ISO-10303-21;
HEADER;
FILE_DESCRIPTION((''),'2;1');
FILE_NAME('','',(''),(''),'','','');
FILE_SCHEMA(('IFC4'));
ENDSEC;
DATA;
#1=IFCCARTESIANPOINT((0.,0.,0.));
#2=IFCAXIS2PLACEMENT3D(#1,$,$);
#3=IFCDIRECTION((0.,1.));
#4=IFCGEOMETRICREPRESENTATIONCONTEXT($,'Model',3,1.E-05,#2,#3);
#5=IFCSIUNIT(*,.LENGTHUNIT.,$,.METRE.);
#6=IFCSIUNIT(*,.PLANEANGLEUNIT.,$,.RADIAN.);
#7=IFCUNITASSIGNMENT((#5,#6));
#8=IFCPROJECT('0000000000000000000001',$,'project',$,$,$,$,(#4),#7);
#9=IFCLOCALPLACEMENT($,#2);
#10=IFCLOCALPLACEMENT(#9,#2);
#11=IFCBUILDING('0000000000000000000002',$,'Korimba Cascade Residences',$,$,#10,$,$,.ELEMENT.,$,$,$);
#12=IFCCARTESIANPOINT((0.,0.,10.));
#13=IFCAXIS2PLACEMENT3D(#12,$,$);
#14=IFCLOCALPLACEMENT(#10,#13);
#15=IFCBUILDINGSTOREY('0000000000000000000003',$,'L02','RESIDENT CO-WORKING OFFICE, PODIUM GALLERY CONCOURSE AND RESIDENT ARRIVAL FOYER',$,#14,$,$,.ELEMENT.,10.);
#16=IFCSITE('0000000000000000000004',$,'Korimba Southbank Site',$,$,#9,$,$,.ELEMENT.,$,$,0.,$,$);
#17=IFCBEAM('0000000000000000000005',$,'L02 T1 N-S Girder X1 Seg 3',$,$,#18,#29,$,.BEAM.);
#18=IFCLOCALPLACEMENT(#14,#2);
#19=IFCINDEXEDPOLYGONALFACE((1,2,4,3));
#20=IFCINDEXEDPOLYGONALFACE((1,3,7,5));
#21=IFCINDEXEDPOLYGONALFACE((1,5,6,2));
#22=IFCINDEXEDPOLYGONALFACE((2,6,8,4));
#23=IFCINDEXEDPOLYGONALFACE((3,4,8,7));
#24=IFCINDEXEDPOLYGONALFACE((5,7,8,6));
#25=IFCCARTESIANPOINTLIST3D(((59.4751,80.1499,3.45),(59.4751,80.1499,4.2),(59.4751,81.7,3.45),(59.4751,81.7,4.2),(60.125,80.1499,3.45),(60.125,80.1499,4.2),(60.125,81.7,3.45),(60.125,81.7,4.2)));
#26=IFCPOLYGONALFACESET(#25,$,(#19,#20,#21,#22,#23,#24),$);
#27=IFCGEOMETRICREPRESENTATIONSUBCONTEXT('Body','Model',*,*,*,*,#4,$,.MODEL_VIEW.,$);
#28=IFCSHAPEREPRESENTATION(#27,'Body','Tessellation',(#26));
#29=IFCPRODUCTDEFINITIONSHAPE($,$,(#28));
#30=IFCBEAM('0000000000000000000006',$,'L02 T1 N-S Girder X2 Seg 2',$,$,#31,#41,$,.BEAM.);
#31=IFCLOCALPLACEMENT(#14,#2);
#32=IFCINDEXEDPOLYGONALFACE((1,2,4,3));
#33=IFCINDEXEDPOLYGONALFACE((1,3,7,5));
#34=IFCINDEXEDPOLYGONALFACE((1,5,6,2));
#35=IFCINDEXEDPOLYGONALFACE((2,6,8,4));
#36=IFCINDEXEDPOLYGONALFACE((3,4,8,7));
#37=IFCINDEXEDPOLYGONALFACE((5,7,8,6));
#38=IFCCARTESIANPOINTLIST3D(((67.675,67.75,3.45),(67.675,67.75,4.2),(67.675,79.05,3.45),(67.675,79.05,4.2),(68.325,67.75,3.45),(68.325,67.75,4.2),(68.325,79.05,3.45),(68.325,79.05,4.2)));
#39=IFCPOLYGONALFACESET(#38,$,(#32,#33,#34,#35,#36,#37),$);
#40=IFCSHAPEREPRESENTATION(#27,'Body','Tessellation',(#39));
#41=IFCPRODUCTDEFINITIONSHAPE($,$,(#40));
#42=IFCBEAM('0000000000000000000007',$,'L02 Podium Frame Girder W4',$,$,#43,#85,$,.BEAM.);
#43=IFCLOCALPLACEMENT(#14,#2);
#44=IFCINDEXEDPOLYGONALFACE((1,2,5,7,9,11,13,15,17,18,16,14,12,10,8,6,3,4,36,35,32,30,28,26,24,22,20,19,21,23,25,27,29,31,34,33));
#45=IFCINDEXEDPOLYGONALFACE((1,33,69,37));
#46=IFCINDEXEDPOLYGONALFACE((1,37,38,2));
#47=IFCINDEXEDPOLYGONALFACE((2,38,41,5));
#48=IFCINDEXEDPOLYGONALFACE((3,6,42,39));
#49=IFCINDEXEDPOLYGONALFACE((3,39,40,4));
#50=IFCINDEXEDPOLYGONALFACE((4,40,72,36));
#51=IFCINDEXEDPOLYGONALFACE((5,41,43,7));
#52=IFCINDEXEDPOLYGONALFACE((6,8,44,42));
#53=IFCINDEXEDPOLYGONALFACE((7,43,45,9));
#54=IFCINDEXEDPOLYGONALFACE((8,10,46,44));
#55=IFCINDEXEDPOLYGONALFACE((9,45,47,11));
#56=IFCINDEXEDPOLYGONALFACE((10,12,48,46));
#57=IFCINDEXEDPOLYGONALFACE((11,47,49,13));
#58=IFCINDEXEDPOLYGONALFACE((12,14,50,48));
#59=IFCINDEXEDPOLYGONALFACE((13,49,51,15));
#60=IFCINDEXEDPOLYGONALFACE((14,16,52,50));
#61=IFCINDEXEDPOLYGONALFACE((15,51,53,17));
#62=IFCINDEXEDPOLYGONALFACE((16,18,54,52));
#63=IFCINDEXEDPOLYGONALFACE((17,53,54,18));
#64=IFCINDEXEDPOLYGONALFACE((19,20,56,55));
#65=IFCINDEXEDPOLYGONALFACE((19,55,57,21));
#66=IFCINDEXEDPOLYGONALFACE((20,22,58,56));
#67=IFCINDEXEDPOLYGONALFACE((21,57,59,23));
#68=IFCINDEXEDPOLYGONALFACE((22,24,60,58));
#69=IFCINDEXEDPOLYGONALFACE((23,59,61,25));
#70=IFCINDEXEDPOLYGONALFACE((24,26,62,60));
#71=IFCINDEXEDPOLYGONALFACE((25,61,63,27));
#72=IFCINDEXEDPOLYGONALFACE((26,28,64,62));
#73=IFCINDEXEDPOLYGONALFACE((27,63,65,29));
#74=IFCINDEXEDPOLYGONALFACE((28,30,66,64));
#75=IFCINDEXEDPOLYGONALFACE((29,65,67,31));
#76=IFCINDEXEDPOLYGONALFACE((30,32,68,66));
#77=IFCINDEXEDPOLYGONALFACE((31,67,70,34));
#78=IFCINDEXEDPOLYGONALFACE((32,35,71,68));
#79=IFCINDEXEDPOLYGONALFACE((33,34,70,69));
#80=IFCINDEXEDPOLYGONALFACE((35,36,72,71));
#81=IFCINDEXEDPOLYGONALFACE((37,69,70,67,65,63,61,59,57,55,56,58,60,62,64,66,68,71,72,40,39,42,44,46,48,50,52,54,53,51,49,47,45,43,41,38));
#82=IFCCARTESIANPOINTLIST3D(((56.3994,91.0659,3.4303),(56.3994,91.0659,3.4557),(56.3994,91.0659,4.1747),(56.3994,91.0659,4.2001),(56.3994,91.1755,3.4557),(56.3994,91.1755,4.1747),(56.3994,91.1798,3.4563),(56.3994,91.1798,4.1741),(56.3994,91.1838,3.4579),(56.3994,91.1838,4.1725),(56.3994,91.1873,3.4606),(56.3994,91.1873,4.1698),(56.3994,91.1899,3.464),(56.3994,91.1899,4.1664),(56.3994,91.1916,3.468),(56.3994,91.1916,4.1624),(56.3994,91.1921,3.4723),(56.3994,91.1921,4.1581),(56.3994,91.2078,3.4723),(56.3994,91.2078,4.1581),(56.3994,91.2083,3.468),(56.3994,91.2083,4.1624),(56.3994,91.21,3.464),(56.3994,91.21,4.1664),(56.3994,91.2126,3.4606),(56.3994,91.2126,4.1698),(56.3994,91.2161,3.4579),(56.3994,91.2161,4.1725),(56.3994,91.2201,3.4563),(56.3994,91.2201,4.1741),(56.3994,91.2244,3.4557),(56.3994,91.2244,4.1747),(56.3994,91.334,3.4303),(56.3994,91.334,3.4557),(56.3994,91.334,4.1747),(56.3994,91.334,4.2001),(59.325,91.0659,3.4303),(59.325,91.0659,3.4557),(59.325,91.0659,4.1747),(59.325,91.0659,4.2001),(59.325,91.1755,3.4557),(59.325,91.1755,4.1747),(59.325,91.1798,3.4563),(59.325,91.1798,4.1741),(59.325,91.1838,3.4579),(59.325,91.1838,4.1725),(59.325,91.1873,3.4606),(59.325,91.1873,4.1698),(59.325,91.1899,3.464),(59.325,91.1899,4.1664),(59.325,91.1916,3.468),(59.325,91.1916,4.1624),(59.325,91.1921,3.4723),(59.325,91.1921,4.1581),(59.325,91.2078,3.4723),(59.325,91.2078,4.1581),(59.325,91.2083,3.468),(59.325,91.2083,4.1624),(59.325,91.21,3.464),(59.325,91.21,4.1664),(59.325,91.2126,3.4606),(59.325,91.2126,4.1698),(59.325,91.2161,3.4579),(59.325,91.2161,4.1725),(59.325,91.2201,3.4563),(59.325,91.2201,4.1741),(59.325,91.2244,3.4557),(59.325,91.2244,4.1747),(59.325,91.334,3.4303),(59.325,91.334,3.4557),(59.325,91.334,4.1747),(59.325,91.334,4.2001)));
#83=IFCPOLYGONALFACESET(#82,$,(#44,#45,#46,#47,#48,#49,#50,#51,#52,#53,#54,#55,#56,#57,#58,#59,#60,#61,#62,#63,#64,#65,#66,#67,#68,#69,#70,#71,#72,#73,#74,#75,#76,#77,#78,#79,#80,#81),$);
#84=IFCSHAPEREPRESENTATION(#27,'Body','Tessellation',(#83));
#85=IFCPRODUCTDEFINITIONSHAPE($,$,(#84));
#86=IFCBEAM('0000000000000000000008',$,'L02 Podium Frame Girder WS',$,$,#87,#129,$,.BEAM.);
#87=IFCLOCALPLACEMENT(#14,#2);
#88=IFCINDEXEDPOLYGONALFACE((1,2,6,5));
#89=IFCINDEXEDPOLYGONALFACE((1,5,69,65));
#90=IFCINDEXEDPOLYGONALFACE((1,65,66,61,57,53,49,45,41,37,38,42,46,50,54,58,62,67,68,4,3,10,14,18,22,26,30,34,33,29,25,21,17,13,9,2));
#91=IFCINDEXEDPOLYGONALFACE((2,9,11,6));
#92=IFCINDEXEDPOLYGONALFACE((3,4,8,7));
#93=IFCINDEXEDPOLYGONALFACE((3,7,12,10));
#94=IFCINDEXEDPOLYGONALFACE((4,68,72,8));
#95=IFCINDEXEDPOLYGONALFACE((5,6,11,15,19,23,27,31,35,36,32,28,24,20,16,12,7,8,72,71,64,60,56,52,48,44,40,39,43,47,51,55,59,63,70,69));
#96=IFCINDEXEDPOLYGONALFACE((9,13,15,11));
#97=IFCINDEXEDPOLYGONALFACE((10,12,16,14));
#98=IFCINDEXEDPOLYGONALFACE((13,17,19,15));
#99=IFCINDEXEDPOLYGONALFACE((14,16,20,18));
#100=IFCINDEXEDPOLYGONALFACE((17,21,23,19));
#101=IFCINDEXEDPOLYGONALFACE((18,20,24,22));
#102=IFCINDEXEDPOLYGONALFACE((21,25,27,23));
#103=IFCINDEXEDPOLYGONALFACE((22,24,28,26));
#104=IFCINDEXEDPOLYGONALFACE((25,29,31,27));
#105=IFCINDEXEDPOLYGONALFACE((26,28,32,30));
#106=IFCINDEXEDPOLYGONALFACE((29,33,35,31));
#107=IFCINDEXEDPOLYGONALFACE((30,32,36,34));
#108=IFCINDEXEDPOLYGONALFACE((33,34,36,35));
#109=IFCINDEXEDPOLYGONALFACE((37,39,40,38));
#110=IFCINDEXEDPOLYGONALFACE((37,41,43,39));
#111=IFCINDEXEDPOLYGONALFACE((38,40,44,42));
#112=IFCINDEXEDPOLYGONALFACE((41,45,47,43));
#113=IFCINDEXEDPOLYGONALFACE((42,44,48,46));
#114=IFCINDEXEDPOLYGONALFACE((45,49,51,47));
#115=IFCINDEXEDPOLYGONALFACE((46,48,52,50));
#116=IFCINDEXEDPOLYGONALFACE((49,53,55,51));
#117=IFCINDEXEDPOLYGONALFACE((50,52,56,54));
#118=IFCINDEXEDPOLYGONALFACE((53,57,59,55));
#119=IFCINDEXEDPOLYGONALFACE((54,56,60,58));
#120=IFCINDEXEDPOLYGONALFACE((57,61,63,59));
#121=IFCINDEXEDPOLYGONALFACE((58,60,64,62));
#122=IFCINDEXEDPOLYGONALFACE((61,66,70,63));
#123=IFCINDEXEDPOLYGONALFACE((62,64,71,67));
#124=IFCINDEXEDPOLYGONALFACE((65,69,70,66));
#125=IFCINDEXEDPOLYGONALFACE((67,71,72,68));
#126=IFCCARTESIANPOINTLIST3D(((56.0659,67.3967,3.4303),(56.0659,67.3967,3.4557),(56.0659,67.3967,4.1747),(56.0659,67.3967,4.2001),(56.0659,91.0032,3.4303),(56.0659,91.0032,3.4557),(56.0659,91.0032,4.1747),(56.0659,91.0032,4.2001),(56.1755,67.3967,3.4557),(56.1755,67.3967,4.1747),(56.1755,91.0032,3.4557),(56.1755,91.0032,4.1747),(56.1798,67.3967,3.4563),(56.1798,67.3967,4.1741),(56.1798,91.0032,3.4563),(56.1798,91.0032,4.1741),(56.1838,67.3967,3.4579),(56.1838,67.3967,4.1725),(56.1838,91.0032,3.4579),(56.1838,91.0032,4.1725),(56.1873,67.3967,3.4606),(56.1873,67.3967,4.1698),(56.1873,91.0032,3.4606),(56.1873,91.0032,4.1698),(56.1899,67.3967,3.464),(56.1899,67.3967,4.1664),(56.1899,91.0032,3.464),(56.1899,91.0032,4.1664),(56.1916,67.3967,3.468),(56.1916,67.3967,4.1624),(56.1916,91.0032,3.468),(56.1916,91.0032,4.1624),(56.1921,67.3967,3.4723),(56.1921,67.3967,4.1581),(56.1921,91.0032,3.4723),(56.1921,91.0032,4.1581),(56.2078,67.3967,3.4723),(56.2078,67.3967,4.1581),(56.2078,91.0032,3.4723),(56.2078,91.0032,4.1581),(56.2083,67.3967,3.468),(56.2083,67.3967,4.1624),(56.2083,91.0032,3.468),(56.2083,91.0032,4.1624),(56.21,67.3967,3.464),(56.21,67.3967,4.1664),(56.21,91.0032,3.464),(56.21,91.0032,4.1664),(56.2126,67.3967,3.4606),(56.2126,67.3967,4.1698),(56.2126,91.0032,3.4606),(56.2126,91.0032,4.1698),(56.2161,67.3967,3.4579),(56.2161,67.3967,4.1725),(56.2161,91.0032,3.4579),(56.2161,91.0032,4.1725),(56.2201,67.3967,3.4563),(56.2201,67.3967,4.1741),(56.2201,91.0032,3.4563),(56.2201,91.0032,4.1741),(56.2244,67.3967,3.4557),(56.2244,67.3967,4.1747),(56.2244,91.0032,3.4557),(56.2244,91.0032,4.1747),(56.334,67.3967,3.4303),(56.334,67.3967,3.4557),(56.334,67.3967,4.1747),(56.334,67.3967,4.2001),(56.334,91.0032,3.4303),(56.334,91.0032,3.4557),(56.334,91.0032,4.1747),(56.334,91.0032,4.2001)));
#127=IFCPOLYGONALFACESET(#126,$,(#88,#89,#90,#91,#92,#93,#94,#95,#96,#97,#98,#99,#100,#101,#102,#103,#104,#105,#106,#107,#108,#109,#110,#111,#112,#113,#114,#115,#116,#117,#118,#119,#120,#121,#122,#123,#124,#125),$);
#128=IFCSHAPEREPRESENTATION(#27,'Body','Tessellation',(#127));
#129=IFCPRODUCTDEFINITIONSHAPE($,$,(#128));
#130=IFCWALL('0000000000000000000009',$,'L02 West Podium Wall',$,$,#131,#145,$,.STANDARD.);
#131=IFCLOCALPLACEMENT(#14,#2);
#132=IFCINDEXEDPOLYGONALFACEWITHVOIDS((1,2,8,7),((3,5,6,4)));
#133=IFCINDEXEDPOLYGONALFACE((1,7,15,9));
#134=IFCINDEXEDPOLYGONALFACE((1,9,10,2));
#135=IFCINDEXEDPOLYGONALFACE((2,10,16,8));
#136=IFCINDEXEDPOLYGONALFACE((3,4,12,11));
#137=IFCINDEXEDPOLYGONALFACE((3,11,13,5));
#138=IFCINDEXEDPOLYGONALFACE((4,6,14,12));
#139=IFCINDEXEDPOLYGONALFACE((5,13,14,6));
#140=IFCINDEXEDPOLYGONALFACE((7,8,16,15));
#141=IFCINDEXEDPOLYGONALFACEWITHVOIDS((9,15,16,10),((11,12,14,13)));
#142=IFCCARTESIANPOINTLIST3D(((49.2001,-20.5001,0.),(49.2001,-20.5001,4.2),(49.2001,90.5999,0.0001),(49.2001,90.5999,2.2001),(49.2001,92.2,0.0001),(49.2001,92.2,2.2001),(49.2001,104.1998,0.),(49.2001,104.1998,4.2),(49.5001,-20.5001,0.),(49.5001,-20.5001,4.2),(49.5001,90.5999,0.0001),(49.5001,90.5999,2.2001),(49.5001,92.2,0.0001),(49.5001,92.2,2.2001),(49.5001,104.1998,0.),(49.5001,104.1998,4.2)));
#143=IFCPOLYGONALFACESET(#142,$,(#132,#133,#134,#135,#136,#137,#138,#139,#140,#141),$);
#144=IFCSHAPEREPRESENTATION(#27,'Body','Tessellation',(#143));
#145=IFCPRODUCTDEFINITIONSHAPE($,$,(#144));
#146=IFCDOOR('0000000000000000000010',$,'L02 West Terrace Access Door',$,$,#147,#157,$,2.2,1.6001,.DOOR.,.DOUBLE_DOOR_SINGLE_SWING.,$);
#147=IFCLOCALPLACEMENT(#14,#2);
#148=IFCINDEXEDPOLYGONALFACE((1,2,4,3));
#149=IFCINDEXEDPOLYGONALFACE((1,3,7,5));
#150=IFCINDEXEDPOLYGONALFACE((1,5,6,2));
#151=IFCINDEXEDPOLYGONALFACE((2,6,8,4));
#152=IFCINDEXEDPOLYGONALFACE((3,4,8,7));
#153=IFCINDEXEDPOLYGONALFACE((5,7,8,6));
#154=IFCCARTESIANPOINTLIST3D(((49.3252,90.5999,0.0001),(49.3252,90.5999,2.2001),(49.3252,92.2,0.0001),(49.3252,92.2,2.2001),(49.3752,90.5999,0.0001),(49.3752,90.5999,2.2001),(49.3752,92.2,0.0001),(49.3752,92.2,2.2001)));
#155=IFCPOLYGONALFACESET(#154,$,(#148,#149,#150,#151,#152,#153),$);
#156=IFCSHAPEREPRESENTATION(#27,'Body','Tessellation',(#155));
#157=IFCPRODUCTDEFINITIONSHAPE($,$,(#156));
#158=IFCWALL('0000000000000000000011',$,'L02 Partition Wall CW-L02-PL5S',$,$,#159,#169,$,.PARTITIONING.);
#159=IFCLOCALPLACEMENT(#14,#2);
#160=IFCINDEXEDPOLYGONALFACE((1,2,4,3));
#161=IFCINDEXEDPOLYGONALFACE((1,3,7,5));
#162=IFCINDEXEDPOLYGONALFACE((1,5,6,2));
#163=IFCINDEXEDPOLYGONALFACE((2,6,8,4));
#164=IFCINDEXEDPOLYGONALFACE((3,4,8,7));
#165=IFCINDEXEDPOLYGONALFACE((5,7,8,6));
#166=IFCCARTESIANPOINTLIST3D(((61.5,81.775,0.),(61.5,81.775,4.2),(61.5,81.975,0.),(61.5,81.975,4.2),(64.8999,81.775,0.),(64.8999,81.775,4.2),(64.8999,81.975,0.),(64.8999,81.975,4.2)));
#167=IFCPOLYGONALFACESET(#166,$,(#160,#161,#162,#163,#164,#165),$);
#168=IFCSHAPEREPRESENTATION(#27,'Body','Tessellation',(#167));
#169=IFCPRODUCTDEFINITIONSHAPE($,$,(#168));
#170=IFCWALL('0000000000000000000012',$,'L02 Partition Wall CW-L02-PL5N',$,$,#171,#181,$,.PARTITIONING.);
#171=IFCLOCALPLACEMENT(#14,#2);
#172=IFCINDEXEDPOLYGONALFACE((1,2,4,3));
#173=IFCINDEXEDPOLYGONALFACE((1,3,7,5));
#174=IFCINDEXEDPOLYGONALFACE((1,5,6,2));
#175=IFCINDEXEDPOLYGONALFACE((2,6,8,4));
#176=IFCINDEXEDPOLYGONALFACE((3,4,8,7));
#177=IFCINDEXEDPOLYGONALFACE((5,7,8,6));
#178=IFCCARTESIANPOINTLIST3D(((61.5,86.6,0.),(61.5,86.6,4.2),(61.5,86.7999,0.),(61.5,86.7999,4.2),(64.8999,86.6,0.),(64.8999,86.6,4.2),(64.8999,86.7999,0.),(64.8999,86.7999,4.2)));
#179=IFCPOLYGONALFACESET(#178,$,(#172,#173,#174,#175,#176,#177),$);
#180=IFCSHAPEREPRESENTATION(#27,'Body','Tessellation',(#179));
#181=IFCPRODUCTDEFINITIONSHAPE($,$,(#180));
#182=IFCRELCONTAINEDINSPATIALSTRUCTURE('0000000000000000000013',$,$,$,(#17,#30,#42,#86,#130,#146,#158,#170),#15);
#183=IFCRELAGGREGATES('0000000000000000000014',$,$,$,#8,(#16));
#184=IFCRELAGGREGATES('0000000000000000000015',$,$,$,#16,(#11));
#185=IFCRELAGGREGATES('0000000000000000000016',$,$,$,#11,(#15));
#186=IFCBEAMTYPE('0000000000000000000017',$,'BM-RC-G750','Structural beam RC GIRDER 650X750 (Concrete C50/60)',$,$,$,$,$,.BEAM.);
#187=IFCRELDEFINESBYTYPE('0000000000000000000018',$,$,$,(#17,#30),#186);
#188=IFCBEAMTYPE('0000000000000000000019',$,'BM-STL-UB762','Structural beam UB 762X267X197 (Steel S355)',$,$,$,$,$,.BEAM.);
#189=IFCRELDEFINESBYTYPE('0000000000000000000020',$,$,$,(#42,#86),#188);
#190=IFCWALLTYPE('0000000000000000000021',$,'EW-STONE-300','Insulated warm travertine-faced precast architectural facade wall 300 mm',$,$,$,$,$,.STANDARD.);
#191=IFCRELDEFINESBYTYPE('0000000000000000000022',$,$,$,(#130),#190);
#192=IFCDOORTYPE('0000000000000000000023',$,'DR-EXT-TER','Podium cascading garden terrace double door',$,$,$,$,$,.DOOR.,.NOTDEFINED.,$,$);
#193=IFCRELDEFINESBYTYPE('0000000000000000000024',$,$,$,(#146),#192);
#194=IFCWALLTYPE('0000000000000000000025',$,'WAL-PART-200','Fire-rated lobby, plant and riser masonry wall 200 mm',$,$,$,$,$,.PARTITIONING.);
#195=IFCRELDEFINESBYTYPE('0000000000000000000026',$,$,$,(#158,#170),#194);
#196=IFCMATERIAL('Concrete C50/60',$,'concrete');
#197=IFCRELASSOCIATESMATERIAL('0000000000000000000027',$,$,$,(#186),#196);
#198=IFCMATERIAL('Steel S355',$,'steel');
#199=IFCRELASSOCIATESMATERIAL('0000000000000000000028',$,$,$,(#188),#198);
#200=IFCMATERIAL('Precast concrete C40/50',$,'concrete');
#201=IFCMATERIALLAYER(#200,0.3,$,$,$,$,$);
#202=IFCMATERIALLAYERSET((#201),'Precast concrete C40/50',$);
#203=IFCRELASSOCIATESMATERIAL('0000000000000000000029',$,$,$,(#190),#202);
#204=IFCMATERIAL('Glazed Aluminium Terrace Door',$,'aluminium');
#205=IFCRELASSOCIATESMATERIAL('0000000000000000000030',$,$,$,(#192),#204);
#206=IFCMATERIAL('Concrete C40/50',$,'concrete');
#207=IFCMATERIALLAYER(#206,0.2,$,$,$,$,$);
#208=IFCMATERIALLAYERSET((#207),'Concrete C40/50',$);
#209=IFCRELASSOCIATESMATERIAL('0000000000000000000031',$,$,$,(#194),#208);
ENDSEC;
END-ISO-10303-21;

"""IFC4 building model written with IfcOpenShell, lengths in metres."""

from ifc_helpers import new_model, si_unit, direction, frame, frame_2d, origin, origin_2d, place, context, subcontext, project, spatial, rectangle, i_section, extrude, material, layer, layer_set, material_profile, profile_set, type_object, element, fill, save


model = new_model("IFC4")

# Units and contexts
model_context = context("Model", 3, precision=1e-05, world=origin(), true_north=direction((0.0, 1.0)))
body_context = subcontext(model_context, "Body", "Model", "MODEL_VIEW")
ifc_project = project(units=[si_unit("LENGTHUNIT", "METRE"), si_unit("PLANEANGLEUNIT", "RADIAN")], contexts=[model_context])

# Site, building, storey
site_placement = place(None, origin())
site = spatial("IfcSite", under=ifc_project, at=site_placement, Name="Korimba Southbank Site", CompositionType="ELEMENT", RefElevation=0.0)
building_placement = place(site_placement, origin())
building = spatial("IfcBuilding", under=site, at=building_placement, Name="Korimba Cascade Residences", CompositionType="ELEMENT")
storey_placement = place(building_placement, frame((0.0, 0.0, 10.0)))
storey = spatial("IfcBuildingStorey", under=building, at=storey_placement, Name="L02", Description="RESIDENT CO-WORKING OFFICE, PODIUM GALLERY CONCOURSE AND RESIDENT ARRIVAL FOYER", CompositionType="ELEMENT", Elevation=10.0)

# Shared definitions
ifc_material_1 = material(Name="Steel S355", Category="steel")

# Beams
ifc_material_2 = material(Name="Concrete C50/60", Category="concrete")
ifc_material_profile_1 = material_profile(ifc_material_2, rectangle(XDim=0.6499, YDim=0.75, at=origin_2d()), Name="Concrete C50/60")
ifc_profile_set_1 = profile_set([ifc_material_profile_1], Name="Concrete C50/60")
beam_type_1 = type_object("IfcBeamType", Name="BM-RC-G750", Description="Structural beam RC GIRDER 650X750 (Concrete C50/60)", PredefinedType="BEAM", material=ifc_profile_set_1)
beam_1_placement = place(storey_placement, frame((59.8, 80.1499, 3.825), z_axis=(0.0, 1.0, 0.0), x_axis=(-1.0, 0.0, 0.0)))
element("IfcBeam", 1, at=beam_1_placement, inside=storey, type_object=beam_type_1, Name="L02 T1 N-S Girder X1 Seg 3", PredefinedType="BEAM", context=body_context, shape_type="SweptSolid", body=[
    extrude(rectangle(XDim=0.6499, YDim=0.75, at=origin_2d()), origin(), (0.0, 0.0, 1.0), 1.55),
])
beam_2_placement = place(storey_placement, frame((68.0, 67.75, 3.825), z_axis=(0.0, 1.0, 0.0), x_axis=(-1.0, 0.0, 0.0)))
element("IfcBeam", 2, at=beam_2_placement, inside=storey, type_object=beam_type_1, Name="L02 T1 N-S Girder X2 Seg 2", PredefinedType="BEAM", context=body_context, shape_type="SweptSolid", body=[
    extrude(rectangle(XDim=0.6499, YDim=0.75, at=origin_2d()), origin(), (0.0, 0.0, 1.0), 11.3),
])
ifc_material_profile_2 = material_profile(ifc_material_1, i_section(OverallWidth=0.2681, OverallDepth=0.7698, WebThickness=0.0156, FlangeThickness=0.0254, FilletRadius=0.0166, at=origin_2d()), Name="Steel S355")
ifc_profile_set_2 = profile_set([ifc_material_profile_2], Name="Steel S355")
beam_type_2 = type_object("IfcBeamType", Name="BM-STL-UB762", Description="Structural beam UB 762X267X197 (Steel S355)", PredefinedType="BEAM", material=ifc_profile_set_2)
beam_3_placement = place(storey_placement, frame((56.3994, 91.2, 3.8152), z_axis=(1.0, 0.0, 0.0), x_axis=(0.0, 1.0, 0.0)))
element("IfcBeam", 3, at=beam_3_placement, inside=storey, type_object=beam_type_2, Name="L02 Podium Frame Girder W4", PredefinedType="BEAM", context=body_context, shape_type="SweptSolid", body=[
    extrude(i_section(OverallWidth=0.2681, OverallDepth=0.7698, WebThickness=0.0156, FlangeThickness=0.0254, FilletRadius=0.0166, at=origin_2d()), origin(), (0.0, 0.0, 1.0), 2.9255),
])
beam_4_placement = place(storey_placement, frame((56.2, 67.3967, 3.8152), z_axis=(0.0, 1.0, 0.0), x_axis=(-1.0, 0.0, 0.0)))
element("IfcBeam", 4, at=beam_4_placement, inside=storey, type_object=beam_type_2, Name="L02 Podium Frame Girder WS", PredefinedType="BEAM", context=body_context, shape_type="SweptSolid", body=[
    extrude(i_section(OverallWidth=0.2681, OverallDepth=0.7698, WebThickness=0.0156, FlangeThickness=0.0254, FilletRadius=0.0166, at=origin_2d()), origin(), (0.0, 0.0, 1.0), 23.6064),
])

# Wall, opening, door
ifc_material_3 = material(Name="Precast concrete C40/50", Category="concrete")
ifc_layer_1 = layer(ifc_material_3, 0.3)
ifc_layer_set_1 = layer_set([ifc_layer_1], Name="Precast concrete C40/50")
wall_type_1 = type_object("IfcWallType", Name="EW-STONE-300", Description="Insulated warm travertine-faced precast architectural facade wall 300 mm", PredefinedType="STANDARD", material=ifc_layer_set_1)
wall_1_placement = place(storey_placement, frame((49.3501, 104.2, 0.0), z_axis=(0.0, 0.0, 1.0), x_axis=(0.0, -1.0, 0.0)))
wall_1 = element("IfcWall", 5, at=wall_1_placement, inside=storey, type_object=wall_type_1, Name="L02 West Podium Wall", PredefinedType="STANDARD", context=body_context, shape_type="SweptSolid", body=[
    extrude(rectangle(XDim=124.7, YDim=0.3, at=frame_2d((62.3501, 0.0))), origin(), (0.0, 0.0, 1.0), 4.2),
])
opening_1_placement = place(wall_1_placement, frame((12.0, 0.0, 0.0)))
opening_1 = element("IfcOpeningElement", 6, at=opening_1_placement, cuts=wall_1, PredefinedType="OPENING", context=body_context, shape_type="SweptSolid", body=[
    extrude(rectangle(XDim=1.6001, YDim=2.2, at=frame_2d((0.8, 1.1001))), frame((0.0, 0.1602, 0.0), z_axis=(0.0, -1.0, 0.0), x_axis=(1.0, 0.0, 0.0)), (0.0, 0.0, 1.0), 0.3201),
])
ifc_material_4 = material(Name="Glazed Aluminium Terrace Door", Category="aluminium")
door_type_1 = type_object("IfcDoorType", Name="DR-EXT-TER", Description="Podium cascading garden terrace double door", OperationType="NOTDEFINED", PredefinedType="DOOR", material=ifc_material_4)
door_1_placement = place(opening_1_placement, frame((1.6001, 0.0, 0.0), z_axis=(0.0, 0.0, 1.0), x_axis=(-1.0, 0.0, 0.0)))
door_1 = element("IfcDoor", 7, at=door_1_placement, inside=storey, type_object=door_type_1, Name="L02 West Terrace Access Door", OperationType="DOUBLE_DOOR_SINGLE_SWING", OverallHeight=2.2, OverallWidth=1.6001, PredefinedType="DOOR", context=body_context, shape_type="SweptSolid", body=[
    extrude(rectangle(XDim=1.6001, YDim=2.2, at=frame_2d((0.8, 1.1001))), frame((0.0, 0.0249, 0.0), z_axis=(0.0, -1.0, 0.0), x_axis=(1.0, 0.0, 0.0)), (0.0, 0.0, 1.0), 0.05),
])
fill(opening_1, door_1)
ifc_material_5 = material(Name="Concrete C40/50", Category="concrete")
ifc_layer_2 = layer(ifc_material_5, 0.2)
ifc_layer_set_2 = layer_set([ifc_layer_2], Name="Concrete C40/50")
wall_type_2 = type_object("IfcWallType", Name="WAL-PART-200", Description="Fire-rated lobby, plant and riser masonry wall 200 mm", PredefinedType="PARTITIONING", material=ifc_layer_set_2)

# Walls
for number, where, z_axis, x_axis, name in (
    (8, (61.5, 81.875, 0.0), (0.0, 0.0, 1.0), (1.0, 0.0, 0.0), "L02 Partition Wall CW-L02-PL5S"),
    (9, (61.5, 86.7, 0.0), (0.0, 0.0, 1.0), (1.0, 0.0, 0.0), "L02 Partition Wall CW-L02-PL5N"),
):
    element("IfcWall", number, at=place(storey_placement, frame(where, z_axis=z_axis, x_axis=x_axis)), inside=storey, type_object=wall_type_2, Name=name, PredefinedType="PARTITIONING", context=body_context, shape_type="SweptSolid", body=[
        extrude(rectangle(XDim=3.3999, YDim=0.2, at=frame_2d((1.7, 0.0))), origin(), (0.0, 0.0, 1.0), 4.2),
    ])

save(model, "model.ifc")
